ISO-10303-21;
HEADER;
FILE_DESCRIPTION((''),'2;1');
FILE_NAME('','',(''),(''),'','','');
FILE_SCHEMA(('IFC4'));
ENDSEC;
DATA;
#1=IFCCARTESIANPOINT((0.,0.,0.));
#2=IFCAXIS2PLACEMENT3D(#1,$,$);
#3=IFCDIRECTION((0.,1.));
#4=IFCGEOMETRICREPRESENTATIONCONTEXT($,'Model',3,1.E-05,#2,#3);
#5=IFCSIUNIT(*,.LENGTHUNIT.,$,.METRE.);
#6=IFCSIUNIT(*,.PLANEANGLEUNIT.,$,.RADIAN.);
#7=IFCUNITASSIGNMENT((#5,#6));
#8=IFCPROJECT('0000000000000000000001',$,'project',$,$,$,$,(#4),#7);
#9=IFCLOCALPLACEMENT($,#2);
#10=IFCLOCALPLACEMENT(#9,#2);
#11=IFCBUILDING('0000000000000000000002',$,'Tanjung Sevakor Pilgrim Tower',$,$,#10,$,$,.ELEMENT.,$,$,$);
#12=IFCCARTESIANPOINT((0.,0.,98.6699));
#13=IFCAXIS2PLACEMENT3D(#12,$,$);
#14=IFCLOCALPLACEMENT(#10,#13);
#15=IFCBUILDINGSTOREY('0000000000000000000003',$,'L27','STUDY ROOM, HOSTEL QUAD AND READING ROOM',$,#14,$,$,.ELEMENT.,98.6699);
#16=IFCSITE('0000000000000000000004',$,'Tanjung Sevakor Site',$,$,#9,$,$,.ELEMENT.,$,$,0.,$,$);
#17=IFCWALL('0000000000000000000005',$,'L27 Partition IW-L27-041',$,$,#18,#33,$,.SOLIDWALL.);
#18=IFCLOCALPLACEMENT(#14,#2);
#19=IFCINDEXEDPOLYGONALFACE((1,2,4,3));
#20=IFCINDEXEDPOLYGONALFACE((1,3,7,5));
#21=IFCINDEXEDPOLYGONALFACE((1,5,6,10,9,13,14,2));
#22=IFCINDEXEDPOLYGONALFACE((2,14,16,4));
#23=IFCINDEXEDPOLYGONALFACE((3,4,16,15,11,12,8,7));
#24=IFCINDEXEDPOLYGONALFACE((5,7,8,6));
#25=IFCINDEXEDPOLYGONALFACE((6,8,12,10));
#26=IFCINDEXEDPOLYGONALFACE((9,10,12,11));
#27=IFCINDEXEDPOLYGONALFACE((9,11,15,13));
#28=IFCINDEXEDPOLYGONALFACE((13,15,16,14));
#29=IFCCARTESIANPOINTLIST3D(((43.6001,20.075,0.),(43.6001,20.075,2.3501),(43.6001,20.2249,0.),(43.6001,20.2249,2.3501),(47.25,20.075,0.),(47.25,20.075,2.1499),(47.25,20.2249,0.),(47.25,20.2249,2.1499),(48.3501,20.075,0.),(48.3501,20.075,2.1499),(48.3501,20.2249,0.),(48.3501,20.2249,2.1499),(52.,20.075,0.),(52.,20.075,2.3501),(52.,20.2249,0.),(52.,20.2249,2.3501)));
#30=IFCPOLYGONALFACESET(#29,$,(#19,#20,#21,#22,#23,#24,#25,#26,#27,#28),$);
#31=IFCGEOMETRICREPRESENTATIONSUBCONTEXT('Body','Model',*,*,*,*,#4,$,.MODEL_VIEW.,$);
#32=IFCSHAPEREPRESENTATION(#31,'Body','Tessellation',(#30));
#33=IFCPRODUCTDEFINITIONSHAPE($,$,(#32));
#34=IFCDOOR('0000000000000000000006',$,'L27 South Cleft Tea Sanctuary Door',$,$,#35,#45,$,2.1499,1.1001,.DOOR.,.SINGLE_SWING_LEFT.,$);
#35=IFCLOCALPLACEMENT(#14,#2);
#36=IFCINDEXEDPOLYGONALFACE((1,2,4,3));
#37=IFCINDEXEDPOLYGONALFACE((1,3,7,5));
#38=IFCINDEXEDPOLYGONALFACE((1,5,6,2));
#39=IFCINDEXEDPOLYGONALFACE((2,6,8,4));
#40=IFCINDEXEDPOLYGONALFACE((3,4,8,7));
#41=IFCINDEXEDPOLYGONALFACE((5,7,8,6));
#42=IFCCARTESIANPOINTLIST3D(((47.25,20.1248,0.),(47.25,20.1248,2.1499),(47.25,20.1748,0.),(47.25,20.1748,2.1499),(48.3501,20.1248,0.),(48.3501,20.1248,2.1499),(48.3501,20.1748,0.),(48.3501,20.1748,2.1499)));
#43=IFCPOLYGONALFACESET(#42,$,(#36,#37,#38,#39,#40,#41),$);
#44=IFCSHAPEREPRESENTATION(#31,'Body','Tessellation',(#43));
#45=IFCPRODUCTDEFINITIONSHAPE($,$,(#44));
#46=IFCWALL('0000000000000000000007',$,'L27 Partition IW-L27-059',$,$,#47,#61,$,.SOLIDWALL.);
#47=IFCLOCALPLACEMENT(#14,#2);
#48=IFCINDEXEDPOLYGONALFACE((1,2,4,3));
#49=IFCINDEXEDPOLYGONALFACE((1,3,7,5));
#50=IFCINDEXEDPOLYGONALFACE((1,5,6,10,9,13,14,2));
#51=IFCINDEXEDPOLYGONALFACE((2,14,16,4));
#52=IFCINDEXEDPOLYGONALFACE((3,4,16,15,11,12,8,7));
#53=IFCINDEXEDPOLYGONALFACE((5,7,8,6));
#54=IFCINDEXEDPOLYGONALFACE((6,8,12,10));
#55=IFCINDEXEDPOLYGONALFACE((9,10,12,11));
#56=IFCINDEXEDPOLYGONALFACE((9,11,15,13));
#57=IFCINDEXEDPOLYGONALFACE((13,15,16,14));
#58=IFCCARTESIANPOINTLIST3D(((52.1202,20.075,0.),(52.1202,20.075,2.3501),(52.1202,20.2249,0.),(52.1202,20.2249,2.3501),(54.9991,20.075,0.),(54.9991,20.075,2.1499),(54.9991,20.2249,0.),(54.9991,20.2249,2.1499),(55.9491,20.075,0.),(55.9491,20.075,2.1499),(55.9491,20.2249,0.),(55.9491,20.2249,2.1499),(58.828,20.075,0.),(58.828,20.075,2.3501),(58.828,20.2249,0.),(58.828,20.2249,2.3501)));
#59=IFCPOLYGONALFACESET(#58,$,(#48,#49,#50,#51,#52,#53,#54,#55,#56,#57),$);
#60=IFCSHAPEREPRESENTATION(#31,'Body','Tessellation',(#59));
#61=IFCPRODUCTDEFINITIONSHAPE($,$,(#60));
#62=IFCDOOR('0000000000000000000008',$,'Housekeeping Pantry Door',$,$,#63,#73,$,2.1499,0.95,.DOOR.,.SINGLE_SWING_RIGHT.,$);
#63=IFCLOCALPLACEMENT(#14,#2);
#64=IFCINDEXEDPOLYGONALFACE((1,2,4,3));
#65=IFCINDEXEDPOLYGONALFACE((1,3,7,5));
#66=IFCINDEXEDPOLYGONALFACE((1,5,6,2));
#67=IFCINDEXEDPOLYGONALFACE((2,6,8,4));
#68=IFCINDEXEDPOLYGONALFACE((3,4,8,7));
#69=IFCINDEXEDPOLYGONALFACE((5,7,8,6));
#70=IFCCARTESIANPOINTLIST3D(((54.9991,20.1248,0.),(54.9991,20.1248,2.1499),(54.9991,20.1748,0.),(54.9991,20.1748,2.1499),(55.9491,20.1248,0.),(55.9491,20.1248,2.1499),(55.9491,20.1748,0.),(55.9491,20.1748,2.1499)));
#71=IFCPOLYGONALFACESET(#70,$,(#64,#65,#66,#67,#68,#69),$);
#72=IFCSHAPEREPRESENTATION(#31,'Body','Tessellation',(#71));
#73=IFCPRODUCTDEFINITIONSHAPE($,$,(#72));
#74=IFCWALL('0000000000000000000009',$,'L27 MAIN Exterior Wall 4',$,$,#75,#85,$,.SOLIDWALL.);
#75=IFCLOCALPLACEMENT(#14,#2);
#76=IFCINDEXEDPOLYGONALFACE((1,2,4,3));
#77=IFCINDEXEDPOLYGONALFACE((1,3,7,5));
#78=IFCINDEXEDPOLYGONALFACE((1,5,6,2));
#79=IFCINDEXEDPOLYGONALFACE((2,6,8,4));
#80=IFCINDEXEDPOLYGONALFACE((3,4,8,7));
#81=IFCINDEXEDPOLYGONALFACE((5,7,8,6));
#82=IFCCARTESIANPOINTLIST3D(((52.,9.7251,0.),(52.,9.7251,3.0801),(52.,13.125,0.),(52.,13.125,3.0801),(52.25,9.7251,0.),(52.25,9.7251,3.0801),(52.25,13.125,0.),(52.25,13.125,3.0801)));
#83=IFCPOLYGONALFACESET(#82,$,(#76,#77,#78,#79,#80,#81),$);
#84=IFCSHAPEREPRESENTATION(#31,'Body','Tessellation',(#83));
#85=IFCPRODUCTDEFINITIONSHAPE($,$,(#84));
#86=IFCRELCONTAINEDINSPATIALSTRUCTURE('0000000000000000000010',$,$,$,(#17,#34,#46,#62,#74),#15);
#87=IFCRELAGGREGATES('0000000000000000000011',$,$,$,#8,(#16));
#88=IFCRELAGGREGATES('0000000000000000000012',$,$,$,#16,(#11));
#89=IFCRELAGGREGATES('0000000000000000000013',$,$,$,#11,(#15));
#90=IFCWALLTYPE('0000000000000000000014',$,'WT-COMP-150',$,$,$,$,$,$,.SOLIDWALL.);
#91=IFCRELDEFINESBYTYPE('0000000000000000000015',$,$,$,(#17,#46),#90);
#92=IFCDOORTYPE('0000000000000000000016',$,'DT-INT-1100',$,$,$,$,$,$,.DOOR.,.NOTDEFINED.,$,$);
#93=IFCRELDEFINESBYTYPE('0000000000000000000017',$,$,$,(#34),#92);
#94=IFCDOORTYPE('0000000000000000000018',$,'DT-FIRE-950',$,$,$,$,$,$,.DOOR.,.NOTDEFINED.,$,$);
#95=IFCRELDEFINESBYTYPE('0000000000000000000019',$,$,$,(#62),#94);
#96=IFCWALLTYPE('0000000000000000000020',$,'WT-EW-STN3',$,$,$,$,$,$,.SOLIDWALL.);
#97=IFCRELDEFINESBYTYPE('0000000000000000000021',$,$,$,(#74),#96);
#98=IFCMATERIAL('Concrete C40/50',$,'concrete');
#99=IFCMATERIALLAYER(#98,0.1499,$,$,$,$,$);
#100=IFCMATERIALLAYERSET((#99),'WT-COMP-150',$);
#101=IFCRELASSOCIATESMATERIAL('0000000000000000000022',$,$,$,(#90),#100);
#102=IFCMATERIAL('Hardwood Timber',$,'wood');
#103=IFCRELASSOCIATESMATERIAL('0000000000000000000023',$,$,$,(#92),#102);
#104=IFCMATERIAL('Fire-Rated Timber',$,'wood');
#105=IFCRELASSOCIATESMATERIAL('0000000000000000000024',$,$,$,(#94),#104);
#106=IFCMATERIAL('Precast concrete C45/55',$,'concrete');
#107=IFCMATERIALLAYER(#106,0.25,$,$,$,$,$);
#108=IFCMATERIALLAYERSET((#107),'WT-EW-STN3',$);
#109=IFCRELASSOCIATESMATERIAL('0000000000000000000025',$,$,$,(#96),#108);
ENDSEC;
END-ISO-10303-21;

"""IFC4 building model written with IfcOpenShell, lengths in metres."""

from ifc_helpers import new_model, si_unit, direction, frame, frame_2d, origin, place, context, subcontext, project, spatial, rectangle, extrude, material, layer, layer_set, type_object, element, fill, save


model = new_model("IFC4")

# Units and contexts
model_context = context("Model", 3, precision=1e-05, world=origin(), true_north=direction((0.0, 1.0)))
body_context = subcontext(model_context, "Body", "Model", "MODEL_VIEW")
ifc_project = project(units=[si_unit("LENGTHUNIT", "METRE"), si_unit("PLANEANGLEUNIT", "RADIAN")], contexts=[model_context])

# Site, building, storey
site_placement = place(None, origin())
site = spatial("IfcSite", under=ifc_project, at=site_placement, Name="Tanjung Sevakor Site", CompositionType="ELEMENT", RefElevation=0.0)
building_placement = place(site_placement, origin())
building = spatial("IfcBuilding", under=site, at=building_placement, Name="Tanjung Sevakor Pilgrim Tower", CompositionType="ELEMENT")
storey_placement = place(building_placement, frame((0.0, 0.0, 98.6699)))
storey = spatial("IfcBuildingStorey", under=building, at=storey_placement, Name="L27", Description="STUDY ROOM, HOSTEL QUAD AND READING ROOM", CompositionType="ELEMENT", Elevation=98.6699)

# Shared definitions
ifc_material_1 = material(Name="Concrete C40/50", Category="concrete")
ifc_layer_1 = layer(ifc_material_1, 0.1499)
ifc_layer_set_1 = layer_set([ifc_layer_1], Name="WT-COMP-150")
wall_type_1 = type_object("IfcWallType", Name="WT-COMP-150", PredefinedType="SOLIDWALL", material=ifc_layer_set_1)

# Walls, openings, doors
wall_1_placement = place(storey_placement, frame((43.6001, 20.1499, 0.0), z_axis=(0.0, 0.0, 1.0), x_axis=(1.0, 0.0, 0.0)))
wall_1 = element("IfcWall", 1, at=wall_1_placement, inside=storey, type_object=wall_type_1, Name="L27 Partition IW-L27-041", PredefinedType="SOLIDWALL", context=body_context, shape_type="SweptSolid", body=[
    extrude(rectangle(XDim=8.3999, YDim=0.1499, at=frame_2d((4.2, 0.0))), origin(), (0.0, 0.0, 1.0), 2.3501),
])
opening_1_placement = place(wall_1_placement, frame((3.6499, 0.0, 0.0)))
opening_1 = element("IfcOpeningElement", 2, at=opening_1_placement, cuts=wall_1, PredefinedType="OPENING", context=body_context, shape_type="SweptSolid", body=[
    extrude(rectangle(XDim=1.1001, YDim=2.1499, at=frame_2d((0.55, 1.075))), frame((0.0, 0.085, 0.0), z_axis=(0.0, -1.0, 0.0), x_axis=(1.0, 0.0, 0.0)), (0.0, 0.0, 1.0), 0.1699),
])
ifc_material_2 = material(Name="Hardwood Timber", Category="wood")
door_type_1 = type_object("IfcDoorType", Name="DT-INT-1100", OperationType="NOTDEFINED", PredefinedType="DOOR", material=ifc_material_2)
door_1_placement = place(opening_1_placement, origin())
door_1 = element("IfcDoor", 3, at=door_1_placement, inside=storey, type_object=door_type_1, Name="L27 South Cleft Tea Sanctuary Door", OperationType="SINGLE_SWING_LEFT", OverallHeight=2.1499, OverallWidth=1.1001, PredefinedType="DOOR", context=body_context, shape_type="SweptSolid", body=[
    extrude(rectangle(XDim=1.1001, YDim=2.1499, at=frame_2d((0.55, 1.075))), frame((0.0, 0.0249, 0.0), z_axis=(0.0, -1.0, 0.0), x_axis=(1.0, 0.0, 0.0)), (0.0, 0.0, 1.0), 0.05),
])
fill(opening_1, door_1)
wall_2_placement = place(storey_placement, frame((52.1201, 20.1499, 0.0), z_axis=(0.0, 0.0, 1.0), x_axis=(1.0, 0.0, 0.0)))
wall_2 = element("IfcWall", 4, at=wall_2_placement, inside=storey, type_object=wall_type_1, Name="L27 Partition IW-L27-059", PredefinedType="SOLIDWALL", context=body_context, shape_type="SweptSolid", body=[
    extrude(rectangle(XDim=6.7078, YDim=0.1499, at=frame_2d((3.354, 0.0))), origin(), (0.0, 0.0, 1.0), 2.3501),
])
opening_2_placement = place(wall_2_placement, frame((2.8789, 0.0, 0.0)))
opening_2 = element("IfcOpeningElement", 5, at=opening_2_placement, cuts=wall_2, PredefinedType="OPENING", context=body_context, shape_type="SweptSolid", body=[
    extrude(rectangle(XDim=0.95, YDim=2.1499, at=frame_2d((0.4751, 1.075))), frame((0.0, 0.085, 0.0), z_axis=(0.0, -1.0, 0.0), x_axis=(1.0, 0.0, 0.0)), (0.0, 0.0, 1.0), 0.1699),
])
ifc_material_3 = material(Name="Fire-Rated Timber", Category="wood")
door_type_2 = type_object("IfcDoorType", Name="DT-FIRE-950", OperationType="NOTDEFINED", PredefinedType="DOOR", material=ifc_material_3)
door_2_placement = place(opening_2_placement, origin())
door_2 = element("IfcDoor", 6, at=door_2_placement, inside=storey, type_object=door_type_2, Name="Housekeeping Pantry Door", OperationType="SINGLE_SWING_RIGHT", OverallHeight=2.1499, OverallWidth=0.95, PredefinedType="DOOR", context=body_context, shape_type="SweptSolid", body=[
    extrude(rectangle(XDim=0.95, YDim=2.1499, at=frame_2d((0.4751, 1.075))), frame((0.0, 0.0249, 0.0), z_axis=(0.0, -1.0, 0.0), x_axis=(1.0, 0.0, 0.0)), (0.0, 0.0, 1.0), 0.05),
])
fill(opening_2, door_2)

# Wall
ifc_material_4 = material(Name="Precast concrete C45/55", Category="concrete")
ifc_layer_2 = layer(ifc_material_4, 0.25)
ifc_layer_set_2 = layer_set([ifc_layer_2], Name="WT-EW-STN3")
wall_type_2 = type_object("IfcWallType", Name="WT-EW-STN3", PredefinedType="SOLIDWALL", material=ifc_layer_set_2)
wall_3_placement = place(storey_placement, frame((52.125, 13.125, 0.0), z_axis=(0.0, 0.0, 1.0), x_axis=(0.0, -1.0, 0.0)))
element("IfcWall", 7, at=wall_3_placement, inside=storey, type_object=wall_type_2, Name="L27 MAIN Exterior Wall 4", PredefinedType="SOLIDWALL", context=body_context, shape_type="SweptSolid", body=[
    extrude(rectangle(XDim=3.3999, YDim=0.25, at=frame_2d((1.7, 0.0))), origin(), (0.0, 0.0, 1.0), 3.0801),
])

save(model, "model.ifc")
